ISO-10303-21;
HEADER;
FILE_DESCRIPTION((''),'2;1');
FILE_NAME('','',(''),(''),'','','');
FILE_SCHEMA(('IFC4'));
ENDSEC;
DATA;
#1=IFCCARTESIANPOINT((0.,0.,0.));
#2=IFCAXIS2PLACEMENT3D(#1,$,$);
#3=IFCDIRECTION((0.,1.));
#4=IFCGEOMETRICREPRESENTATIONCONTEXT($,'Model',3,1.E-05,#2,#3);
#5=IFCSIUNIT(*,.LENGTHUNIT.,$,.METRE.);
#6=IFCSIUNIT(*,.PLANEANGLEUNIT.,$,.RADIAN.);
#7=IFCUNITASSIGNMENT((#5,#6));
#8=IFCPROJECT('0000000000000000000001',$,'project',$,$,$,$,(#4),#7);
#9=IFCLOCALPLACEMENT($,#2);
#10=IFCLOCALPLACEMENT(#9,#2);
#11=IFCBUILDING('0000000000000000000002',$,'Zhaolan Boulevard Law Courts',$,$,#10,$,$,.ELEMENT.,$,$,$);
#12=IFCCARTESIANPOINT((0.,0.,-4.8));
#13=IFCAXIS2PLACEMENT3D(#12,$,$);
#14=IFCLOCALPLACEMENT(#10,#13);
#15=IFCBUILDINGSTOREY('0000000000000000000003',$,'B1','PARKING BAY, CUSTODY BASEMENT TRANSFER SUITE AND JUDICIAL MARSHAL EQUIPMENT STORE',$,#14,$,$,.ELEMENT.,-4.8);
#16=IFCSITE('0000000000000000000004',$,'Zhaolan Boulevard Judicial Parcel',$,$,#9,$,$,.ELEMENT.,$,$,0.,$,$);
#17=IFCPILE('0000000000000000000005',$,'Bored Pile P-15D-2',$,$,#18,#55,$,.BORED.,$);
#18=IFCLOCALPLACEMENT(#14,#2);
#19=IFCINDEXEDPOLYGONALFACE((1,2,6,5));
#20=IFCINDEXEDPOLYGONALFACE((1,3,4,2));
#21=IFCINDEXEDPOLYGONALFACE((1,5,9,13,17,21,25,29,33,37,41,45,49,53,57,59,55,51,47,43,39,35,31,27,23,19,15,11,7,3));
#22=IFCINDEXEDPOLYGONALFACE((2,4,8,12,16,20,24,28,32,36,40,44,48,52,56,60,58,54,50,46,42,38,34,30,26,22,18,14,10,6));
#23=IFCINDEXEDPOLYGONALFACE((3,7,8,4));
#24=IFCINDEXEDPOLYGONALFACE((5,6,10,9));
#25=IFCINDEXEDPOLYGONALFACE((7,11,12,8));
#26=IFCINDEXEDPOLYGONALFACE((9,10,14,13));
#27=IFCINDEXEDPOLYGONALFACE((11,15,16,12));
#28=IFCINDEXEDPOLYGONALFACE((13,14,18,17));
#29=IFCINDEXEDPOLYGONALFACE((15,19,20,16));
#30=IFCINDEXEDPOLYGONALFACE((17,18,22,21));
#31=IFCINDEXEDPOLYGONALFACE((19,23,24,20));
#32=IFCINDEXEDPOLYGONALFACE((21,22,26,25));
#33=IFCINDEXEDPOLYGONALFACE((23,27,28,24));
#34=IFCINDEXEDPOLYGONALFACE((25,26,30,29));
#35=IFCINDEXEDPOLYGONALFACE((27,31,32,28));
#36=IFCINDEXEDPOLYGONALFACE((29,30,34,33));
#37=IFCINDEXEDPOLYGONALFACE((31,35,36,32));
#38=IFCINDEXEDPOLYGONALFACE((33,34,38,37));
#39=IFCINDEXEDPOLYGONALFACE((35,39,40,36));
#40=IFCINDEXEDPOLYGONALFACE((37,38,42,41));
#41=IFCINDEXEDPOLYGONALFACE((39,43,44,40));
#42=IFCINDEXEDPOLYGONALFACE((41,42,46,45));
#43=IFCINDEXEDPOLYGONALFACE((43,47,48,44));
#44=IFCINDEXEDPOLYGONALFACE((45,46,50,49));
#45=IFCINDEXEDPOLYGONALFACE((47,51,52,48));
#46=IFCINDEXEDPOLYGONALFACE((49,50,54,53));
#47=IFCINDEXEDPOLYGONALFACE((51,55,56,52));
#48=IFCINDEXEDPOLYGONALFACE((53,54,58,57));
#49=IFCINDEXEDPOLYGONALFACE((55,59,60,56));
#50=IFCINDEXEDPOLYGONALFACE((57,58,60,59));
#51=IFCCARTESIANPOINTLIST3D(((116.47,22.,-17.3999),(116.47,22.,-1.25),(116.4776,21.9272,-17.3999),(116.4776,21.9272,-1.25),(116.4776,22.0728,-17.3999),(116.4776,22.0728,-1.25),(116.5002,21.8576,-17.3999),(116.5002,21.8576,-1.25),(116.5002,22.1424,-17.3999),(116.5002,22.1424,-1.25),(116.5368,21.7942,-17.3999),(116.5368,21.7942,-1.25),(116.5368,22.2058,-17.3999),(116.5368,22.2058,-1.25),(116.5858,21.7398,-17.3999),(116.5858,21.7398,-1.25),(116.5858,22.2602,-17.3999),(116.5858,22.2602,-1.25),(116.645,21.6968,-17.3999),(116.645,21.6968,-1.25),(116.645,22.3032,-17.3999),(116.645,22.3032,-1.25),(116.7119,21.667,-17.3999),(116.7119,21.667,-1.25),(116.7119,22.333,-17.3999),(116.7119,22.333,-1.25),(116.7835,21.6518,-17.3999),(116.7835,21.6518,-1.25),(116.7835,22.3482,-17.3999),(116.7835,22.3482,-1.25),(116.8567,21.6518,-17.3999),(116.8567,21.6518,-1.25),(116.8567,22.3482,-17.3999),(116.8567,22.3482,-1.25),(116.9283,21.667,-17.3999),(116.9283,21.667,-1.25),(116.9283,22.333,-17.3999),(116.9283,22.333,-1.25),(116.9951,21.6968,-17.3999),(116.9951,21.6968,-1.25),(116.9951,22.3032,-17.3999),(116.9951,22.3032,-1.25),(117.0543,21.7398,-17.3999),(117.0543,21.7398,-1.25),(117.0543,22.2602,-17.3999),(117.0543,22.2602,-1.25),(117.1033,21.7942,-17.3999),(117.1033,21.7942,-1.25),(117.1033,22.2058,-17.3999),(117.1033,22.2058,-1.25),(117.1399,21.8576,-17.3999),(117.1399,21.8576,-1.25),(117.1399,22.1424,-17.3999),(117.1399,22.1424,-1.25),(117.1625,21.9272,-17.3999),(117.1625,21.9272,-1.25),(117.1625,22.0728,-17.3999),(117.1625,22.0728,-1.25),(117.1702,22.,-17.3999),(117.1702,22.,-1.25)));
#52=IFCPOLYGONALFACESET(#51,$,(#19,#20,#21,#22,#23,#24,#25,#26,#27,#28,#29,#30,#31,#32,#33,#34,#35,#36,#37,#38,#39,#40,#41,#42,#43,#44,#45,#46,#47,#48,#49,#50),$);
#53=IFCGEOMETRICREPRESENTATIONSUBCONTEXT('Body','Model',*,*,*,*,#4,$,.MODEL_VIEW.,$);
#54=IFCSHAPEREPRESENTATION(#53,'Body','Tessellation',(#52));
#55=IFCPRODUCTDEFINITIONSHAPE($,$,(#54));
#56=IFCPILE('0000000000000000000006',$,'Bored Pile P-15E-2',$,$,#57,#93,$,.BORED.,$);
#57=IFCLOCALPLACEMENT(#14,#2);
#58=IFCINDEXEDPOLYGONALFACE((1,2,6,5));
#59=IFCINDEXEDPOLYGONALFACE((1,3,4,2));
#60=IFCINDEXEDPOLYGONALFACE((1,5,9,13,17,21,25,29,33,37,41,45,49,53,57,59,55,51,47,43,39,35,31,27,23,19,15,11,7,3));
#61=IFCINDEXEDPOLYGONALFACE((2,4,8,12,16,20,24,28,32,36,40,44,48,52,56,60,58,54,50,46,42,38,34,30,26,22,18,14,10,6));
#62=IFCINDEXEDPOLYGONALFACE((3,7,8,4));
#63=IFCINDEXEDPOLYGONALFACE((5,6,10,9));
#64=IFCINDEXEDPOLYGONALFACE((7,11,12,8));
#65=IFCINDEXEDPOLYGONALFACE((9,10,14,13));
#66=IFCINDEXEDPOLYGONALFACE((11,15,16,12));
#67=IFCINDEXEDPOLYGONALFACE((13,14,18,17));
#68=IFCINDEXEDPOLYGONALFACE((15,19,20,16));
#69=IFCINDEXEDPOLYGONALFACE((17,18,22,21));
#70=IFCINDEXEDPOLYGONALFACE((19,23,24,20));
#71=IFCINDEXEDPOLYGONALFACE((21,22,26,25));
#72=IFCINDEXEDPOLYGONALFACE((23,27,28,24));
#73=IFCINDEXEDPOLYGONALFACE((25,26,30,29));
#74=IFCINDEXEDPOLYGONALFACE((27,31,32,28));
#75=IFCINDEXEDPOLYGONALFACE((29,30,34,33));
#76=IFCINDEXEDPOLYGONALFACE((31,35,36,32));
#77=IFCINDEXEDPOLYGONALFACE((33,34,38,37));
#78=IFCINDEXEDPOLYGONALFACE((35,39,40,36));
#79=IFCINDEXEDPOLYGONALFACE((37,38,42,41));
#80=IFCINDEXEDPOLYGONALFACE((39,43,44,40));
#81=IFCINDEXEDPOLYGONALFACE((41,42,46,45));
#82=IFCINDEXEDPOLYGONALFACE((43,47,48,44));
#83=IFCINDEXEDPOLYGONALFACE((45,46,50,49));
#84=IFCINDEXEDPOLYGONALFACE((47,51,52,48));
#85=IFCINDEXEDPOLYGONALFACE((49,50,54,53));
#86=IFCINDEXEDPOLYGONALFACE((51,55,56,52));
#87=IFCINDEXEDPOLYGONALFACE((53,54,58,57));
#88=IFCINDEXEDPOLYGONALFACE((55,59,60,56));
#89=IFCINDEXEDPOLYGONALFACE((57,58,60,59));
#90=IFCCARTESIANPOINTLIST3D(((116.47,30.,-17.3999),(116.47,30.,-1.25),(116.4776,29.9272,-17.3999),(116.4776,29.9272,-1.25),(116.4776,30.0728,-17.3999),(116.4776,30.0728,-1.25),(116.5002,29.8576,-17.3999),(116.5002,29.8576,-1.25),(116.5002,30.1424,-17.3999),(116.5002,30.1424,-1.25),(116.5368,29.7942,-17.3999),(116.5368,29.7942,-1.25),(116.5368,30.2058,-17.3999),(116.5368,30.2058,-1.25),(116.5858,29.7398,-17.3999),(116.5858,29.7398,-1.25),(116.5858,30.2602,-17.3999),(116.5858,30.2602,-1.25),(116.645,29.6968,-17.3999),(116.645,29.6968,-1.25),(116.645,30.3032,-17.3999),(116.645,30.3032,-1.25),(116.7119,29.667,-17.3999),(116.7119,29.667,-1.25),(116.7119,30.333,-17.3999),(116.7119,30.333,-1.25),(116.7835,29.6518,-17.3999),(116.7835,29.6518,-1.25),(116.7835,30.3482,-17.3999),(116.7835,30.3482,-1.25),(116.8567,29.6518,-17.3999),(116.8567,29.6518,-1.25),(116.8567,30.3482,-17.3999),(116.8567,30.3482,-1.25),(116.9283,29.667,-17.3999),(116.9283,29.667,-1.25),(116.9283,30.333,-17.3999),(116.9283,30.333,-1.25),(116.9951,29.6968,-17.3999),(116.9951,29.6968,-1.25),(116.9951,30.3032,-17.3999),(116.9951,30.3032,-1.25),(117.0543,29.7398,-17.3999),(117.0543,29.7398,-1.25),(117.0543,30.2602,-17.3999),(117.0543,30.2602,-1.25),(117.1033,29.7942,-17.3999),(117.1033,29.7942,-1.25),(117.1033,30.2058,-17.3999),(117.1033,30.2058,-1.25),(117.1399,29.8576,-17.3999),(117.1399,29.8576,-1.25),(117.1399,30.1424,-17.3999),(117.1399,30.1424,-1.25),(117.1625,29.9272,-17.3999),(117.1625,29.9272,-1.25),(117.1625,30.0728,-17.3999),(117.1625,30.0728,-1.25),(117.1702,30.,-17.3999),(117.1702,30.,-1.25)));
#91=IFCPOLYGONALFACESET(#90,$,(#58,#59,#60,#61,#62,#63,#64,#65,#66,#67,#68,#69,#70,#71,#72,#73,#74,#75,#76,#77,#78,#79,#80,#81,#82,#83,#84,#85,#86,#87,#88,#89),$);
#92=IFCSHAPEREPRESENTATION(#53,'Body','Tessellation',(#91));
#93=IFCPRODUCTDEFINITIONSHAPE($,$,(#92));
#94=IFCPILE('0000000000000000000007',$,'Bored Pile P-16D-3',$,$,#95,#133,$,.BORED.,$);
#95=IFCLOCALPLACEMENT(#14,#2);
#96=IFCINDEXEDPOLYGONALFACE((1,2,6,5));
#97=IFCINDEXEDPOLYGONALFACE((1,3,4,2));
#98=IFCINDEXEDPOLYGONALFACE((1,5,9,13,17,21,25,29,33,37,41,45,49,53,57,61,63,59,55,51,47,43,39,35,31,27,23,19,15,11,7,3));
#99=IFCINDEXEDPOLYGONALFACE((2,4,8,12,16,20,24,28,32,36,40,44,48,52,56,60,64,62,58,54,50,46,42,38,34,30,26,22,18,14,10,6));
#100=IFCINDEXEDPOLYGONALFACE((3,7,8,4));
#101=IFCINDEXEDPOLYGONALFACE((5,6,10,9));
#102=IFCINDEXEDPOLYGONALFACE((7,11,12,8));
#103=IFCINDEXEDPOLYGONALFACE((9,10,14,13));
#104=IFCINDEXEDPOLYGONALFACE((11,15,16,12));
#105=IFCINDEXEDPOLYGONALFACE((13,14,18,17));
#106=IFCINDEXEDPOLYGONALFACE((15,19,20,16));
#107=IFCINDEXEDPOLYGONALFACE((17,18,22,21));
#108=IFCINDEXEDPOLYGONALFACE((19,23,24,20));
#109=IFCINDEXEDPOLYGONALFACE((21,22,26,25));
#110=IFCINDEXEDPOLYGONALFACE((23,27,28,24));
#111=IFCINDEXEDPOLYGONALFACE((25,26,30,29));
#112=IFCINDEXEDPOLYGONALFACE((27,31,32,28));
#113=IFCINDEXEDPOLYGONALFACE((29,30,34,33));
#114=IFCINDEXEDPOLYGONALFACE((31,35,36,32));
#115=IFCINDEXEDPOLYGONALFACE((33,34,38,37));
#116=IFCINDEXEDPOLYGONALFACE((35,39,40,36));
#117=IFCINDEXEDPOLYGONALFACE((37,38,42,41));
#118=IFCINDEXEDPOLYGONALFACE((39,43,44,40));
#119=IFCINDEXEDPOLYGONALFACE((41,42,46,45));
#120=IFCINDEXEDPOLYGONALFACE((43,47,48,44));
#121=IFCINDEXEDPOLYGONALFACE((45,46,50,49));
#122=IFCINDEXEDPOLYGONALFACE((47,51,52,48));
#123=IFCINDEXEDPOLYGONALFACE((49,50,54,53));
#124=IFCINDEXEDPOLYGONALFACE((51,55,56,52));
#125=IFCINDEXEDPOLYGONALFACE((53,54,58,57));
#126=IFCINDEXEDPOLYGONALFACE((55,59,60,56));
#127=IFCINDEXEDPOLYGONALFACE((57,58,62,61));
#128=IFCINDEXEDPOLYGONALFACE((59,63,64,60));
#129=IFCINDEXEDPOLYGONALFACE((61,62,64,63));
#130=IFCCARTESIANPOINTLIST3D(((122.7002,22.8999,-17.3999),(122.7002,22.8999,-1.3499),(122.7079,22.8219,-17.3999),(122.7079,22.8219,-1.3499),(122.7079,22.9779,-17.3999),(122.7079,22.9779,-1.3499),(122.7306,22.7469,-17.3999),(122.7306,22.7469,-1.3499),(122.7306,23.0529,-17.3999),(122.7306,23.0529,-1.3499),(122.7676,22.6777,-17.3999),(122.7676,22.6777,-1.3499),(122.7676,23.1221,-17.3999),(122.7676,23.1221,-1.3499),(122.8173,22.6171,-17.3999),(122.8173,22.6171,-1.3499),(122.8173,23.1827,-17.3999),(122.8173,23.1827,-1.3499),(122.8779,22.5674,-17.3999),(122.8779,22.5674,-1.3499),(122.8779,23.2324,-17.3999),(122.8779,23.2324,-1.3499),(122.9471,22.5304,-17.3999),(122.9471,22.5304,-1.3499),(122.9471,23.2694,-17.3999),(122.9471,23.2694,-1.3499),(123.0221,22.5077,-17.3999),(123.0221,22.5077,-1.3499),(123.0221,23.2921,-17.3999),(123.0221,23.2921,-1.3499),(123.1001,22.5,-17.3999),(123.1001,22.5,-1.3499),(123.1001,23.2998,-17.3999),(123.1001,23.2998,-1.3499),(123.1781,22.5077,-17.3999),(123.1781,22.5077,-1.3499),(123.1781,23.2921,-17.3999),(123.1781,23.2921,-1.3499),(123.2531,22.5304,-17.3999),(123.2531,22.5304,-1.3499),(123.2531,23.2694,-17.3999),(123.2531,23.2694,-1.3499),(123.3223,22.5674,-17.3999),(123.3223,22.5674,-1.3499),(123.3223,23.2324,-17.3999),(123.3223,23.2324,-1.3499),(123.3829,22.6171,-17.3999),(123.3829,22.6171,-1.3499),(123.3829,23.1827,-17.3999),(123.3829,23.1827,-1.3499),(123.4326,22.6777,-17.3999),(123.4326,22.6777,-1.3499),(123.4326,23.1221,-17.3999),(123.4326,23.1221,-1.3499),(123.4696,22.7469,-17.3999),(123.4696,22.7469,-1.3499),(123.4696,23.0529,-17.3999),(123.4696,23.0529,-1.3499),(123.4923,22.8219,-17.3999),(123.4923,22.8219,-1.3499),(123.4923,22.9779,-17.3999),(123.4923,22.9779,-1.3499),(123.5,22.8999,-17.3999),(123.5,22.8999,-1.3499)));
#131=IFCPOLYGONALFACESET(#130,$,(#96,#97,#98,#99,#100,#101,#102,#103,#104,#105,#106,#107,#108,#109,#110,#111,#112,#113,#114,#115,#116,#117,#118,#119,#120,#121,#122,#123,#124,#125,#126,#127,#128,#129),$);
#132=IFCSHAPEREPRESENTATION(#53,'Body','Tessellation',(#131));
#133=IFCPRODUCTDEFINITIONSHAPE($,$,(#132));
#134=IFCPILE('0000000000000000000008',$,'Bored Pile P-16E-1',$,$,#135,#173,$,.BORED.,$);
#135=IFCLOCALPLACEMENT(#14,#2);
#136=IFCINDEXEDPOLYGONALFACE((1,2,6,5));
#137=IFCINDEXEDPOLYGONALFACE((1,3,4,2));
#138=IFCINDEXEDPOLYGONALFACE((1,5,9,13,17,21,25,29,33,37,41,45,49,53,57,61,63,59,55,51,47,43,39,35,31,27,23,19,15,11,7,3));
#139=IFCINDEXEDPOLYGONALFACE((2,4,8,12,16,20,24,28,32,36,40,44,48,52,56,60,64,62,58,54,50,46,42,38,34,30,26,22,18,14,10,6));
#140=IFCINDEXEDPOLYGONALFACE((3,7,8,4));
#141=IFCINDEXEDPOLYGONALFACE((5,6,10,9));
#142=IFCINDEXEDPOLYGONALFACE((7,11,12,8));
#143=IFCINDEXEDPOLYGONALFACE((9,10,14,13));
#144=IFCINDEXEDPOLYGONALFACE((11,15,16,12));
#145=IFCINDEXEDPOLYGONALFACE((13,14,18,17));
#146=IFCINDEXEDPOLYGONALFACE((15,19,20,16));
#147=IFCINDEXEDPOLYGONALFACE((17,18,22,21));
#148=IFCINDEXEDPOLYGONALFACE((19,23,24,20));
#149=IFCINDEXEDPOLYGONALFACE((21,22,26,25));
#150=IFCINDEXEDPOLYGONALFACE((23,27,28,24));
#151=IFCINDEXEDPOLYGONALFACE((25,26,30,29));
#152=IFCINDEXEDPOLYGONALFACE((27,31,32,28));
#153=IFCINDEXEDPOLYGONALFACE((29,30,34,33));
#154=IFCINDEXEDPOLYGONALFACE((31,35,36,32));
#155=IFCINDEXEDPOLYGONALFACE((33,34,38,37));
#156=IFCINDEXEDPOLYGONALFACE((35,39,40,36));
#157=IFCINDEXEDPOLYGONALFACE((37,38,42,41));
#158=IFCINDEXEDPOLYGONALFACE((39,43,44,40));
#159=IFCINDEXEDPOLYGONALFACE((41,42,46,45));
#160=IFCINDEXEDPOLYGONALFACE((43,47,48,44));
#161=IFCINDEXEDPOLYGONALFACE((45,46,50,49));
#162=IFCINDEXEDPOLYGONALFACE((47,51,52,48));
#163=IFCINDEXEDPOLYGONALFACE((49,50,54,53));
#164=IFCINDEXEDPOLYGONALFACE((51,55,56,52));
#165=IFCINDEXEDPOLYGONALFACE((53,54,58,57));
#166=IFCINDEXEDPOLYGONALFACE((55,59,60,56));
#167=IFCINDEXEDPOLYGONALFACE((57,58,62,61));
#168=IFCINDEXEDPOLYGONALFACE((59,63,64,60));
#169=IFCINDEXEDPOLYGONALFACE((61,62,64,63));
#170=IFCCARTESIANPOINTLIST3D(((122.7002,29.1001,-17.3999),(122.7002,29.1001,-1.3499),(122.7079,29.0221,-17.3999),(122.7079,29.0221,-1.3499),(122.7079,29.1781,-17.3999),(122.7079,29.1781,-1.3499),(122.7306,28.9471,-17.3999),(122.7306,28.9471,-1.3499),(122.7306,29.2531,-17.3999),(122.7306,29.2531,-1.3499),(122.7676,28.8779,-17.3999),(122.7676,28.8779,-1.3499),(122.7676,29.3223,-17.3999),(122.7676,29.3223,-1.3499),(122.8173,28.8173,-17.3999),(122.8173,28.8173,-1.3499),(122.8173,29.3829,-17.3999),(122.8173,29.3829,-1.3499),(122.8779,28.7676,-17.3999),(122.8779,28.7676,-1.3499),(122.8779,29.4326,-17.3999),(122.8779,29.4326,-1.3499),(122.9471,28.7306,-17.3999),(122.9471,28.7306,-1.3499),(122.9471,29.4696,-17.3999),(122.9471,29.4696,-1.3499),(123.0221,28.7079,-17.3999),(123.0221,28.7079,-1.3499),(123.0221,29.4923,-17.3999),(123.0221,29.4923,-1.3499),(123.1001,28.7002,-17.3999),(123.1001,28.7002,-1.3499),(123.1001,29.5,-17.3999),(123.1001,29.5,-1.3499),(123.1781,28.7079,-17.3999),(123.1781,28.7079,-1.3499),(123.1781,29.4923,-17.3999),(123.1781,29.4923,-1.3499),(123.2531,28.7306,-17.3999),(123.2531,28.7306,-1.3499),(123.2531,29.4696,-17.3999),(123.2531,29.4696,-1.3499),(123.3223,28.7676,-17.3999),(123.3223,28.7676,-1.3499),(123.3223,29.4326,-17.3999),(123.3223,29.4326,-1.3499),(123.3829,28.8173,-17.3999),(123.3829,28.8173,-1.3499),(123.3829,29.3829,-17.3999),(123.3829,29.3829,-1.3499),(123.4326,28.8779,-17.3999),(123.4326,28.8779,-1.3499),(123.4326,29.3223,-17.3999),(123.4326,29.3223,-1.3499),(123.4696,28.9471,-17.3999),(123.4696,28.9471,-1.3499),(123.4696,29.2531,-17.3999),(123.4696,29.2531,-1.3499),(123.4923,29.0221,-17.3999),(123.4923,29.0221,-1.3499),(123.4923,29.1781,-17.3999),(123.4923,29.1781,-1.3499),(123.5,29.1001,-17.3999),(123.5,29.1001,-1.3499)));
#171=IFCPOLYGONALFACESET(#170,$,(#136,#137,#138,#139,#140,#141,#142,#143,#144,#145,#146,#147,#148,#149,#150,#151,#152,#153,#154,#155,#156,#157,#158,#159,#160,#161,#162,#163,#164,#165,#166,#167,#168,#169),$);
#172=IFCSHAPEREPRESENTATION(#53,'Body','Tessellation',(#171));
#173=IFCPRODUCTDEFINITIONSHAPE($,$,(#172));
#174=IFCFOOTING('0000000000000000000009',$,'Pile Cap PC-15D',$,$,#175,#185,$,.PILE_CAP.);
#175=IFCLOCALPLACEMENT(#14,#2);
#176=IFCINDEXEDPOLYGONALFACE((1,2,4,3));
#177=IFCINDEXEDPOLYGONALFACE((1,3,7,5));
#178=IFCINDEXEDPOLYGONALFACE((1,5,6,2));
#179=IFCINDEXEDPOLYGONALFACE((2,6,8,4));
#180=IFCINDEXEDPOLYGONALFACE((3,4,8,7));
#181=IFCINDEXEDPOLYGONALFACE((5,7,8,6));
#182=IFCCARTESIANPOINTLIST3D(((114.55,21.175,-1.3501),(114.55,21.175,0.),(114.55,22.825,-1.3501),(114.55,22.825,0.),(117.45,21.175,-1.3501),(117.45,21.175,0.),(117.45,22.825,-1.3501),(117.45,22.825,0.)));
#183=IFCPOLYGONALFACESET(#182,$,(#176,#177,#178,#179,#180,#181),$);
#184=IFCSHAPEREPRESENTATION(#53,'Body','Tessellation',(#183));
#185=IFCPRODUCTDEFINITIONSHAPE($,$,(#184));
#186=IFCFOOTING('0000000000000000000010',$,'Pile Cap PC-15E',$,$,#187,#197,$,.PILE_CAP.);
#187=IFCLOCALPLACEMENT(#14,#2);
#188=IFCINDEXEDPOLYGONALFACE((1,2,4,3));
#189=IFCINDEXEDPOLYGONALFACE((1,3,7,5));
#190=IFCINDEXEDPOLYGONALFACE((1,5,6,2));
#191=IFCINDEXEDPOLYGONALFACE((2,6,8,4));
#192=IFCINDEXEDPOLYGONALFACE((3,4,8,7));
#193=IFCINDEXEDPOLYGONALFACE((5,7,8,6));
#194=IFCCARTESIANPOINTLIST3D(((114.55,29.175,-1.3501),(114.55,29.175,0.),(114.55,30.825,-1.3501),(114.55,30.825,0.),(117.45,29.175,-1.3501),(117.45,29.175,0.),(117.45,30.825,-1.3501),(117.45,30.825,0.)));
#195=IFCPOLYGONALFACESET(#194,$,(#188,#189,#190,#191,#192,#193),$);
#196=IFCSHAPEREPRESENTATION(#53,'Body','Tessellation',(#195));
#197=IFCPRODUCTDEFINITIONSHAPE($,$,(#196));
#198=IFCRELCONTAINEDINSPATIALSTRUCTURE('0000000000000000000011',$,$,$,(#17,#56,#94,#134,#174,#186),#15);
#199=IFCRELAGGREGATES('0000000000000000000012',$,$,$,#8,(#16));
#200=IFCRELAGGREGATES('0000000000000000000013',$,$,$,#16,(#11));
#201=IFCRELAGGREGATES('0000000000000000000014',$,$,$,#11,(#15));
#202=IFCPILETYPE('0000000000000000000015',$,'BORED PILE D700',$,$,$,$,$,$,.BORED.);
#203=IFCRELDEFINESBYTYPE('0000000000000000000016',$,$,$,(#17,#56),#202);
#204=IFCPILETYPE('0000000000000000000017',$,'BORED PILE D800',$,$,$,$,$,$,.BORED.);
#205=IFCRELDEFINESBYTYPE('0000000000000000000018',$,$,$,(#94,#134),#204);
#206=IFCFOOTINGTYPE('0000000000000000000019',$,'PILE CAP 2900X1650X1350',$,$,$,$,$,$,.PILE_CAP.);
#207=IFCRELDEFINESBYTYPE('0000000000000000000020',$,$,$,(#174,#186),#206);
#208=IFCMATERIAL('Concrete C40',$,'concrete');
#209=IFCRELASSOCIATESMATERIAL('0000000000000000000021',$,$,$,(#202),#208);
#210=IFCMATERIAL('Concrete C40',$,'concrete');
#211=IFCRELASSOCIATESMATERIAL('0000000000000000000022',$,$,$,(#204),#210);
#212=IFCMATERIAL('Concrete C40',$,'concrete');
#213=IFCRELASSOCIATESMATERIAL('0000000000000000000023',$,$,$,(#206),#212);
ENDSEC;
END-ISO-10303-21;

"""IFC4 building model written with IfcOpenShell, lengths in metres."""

from ifc_helpers import new_model, si_unit, direction, frame, origin, origin_2d, place, context, subcontext, project, spatial, rectangle, circle, extrude, material, material_profile, profile_set, type_object, element, save


model = new_model("IFC4")

# Units and contexts
model_context = context("Model", 3, precision=1e-05, world=origin(), true_north=direction((0.0, 1.0)))
body_context = subcontext(model_context, "Body", "Model", "MODEL_VIEW")
ifc_project = project(units=[si_unit("LENGTHUNIT", "METRE"), si_unit("PLANEANGLEUNIT", "RADIAN")], contexts=[model_context])

# Site, building, storey
site_placement = place(None, origin())
site = spatial("IfcSite", under=ifc_project, at=site_placement, Name="Zhaolan Boulevard Judicial Parcel", CompositionType="ELEMENT", RefElevation=0.0)
building_placement = place(site_placement, origin())
building = spatial("IfcBuilding", under=site, at=building_placement, Name="Zhaolan Boulevard Law Courts", CompositionType="ELEMENT")
storey_placement = place(building_placement, frame((0.0, 0.0, -4.8)))
storey = spatial("IfcBuildingStorey", under=building, at=storey_placement, Name="B1", Description="PARKING BAY, CUSTODY BASEMENT TRANSFER SUITE AND JUDICIAL MARSHAL EQUIPMENT STORE", CompositionType="ELEMENT", Elevation=-4.8)

# Piles
ifc_material_1 = material(Name="Concrete C40", Category="concrete")
ifc_material_profile_1 = material_profile(ifc_material_1, circle(Radius=0.3501, at=origin_2d()), Name="PILE-D700")
ifc_profile_set_1 = profile_set([ifc_material_profile_1], Name="Concrete C40")
pile_type_1 = type_object("IfcPileType", Name="BORED PILE D700", PredefinedType="BORED", material=ifc_profile_set_1)
for number, where, z_axis, x_axis, name in (
    (1, (116.8201, 22.0, -1.25), (0.0, 0.0, -1.0), (1.0, 0.0, 0.0), "Bored Pile P-15D-2"),
    (2, (116.8201, 30.0, -1.25), (0.0, 0.0, -1.0), (1.0, 0.0, 0.0), "Bored Pile P-15E-2"),
):
    element("IfcPile", number, at=place(storey_placement, frame(where, z_axis=z_axis, x_axis=x_axis)), inside=storey, type_object=pile_type_1, Name=name, PredefinedType="BORED", context=body_context, shape_type="SweptSolid", body=[
        extrude(circle(Radius=0.3501, at=origin_2d()), origin(), (0.0, 0.0, 1.0), 16.1499),
    ])
ifc_material_2 = material(Name="Concrete C40", Category="concrete")
ifc_material_profile_2 = material_profile(ifc_material_2, circle(Radius=0.3999, at=origin_2d()), Name="PILE-D800")
ifc_profile_set_2 = profile_set([ifc_material_profile_2], Name="Concrete C40")
pile_type_2 = type_object("IfcPileType", Name="BORED PILE D800", PredefinedType="BORED", material=ifc_profile_set_2)
for number, where, z_axis, x_axis, name in (
    (3, (123.1001, 22.8999, -1.3499), (0.0, 0.0, -1.0), (1.0, 0.0, 0.0), "Bored Pile P-16D-3"),
    (4, (123.1001, 29.1001, -1.3499), (0.0, 0.0, -1.0), (1.0, 0.0, 0.0), "Bored Pile P-16E-1"),
):
    element("IfcPile", number, at=place(storey_placement, frame(where, z_axis=z_axis, x_axis=x_axis)), inside=storey, type_object=pile_type_2, Name=name, PredefinedType="BORED", context=body_context, shape_type="SweptSolid", body=[
        extrude(circle(Radius=0.3999, at=origin_2d()), origin(), (0.0, 0.0, 1.0), 16.05),
    ])

# Footings
ifc_material_3 = material(Name="Concrete C40", Category="concrete")
footing_type_1 = type_object("IfcFootingType", Name="PILE CAP 2900X1650X1350", PredefinedType="PILE_CAP", material=ifc_material_3)
for number, where, z_axis, x_axis, name in (
    (5, (116.0, 22.0, -1.3501), (0.0, 0.0, 1.0), (1.0, 0.0, 0.0), "Pile Cap PC-15D"),
    (6, (116.0, 30.0, -1.3501), (0.0, 0.0, 1.0), (1.0, 0.0, 0.0), "Pile Cap PC-15E"),
):
    element("IfcFooting", number, at=place(storey_placement, frame(where, z_axis=z_axis, x_axis=x_axis)), inside=storey, type_object=footing_type_1, Name=name, PredefinedType="PILE_CAP", context=body_context, shape_type="SweptSolid", body=[
        extrude(rectangle(XDim=2.8999, YDim=1.6499, at=origin_2d()), origin(), (0.0, 0.0, 1.0), 1.3501),
    ])

save(model, "model.ifc")
